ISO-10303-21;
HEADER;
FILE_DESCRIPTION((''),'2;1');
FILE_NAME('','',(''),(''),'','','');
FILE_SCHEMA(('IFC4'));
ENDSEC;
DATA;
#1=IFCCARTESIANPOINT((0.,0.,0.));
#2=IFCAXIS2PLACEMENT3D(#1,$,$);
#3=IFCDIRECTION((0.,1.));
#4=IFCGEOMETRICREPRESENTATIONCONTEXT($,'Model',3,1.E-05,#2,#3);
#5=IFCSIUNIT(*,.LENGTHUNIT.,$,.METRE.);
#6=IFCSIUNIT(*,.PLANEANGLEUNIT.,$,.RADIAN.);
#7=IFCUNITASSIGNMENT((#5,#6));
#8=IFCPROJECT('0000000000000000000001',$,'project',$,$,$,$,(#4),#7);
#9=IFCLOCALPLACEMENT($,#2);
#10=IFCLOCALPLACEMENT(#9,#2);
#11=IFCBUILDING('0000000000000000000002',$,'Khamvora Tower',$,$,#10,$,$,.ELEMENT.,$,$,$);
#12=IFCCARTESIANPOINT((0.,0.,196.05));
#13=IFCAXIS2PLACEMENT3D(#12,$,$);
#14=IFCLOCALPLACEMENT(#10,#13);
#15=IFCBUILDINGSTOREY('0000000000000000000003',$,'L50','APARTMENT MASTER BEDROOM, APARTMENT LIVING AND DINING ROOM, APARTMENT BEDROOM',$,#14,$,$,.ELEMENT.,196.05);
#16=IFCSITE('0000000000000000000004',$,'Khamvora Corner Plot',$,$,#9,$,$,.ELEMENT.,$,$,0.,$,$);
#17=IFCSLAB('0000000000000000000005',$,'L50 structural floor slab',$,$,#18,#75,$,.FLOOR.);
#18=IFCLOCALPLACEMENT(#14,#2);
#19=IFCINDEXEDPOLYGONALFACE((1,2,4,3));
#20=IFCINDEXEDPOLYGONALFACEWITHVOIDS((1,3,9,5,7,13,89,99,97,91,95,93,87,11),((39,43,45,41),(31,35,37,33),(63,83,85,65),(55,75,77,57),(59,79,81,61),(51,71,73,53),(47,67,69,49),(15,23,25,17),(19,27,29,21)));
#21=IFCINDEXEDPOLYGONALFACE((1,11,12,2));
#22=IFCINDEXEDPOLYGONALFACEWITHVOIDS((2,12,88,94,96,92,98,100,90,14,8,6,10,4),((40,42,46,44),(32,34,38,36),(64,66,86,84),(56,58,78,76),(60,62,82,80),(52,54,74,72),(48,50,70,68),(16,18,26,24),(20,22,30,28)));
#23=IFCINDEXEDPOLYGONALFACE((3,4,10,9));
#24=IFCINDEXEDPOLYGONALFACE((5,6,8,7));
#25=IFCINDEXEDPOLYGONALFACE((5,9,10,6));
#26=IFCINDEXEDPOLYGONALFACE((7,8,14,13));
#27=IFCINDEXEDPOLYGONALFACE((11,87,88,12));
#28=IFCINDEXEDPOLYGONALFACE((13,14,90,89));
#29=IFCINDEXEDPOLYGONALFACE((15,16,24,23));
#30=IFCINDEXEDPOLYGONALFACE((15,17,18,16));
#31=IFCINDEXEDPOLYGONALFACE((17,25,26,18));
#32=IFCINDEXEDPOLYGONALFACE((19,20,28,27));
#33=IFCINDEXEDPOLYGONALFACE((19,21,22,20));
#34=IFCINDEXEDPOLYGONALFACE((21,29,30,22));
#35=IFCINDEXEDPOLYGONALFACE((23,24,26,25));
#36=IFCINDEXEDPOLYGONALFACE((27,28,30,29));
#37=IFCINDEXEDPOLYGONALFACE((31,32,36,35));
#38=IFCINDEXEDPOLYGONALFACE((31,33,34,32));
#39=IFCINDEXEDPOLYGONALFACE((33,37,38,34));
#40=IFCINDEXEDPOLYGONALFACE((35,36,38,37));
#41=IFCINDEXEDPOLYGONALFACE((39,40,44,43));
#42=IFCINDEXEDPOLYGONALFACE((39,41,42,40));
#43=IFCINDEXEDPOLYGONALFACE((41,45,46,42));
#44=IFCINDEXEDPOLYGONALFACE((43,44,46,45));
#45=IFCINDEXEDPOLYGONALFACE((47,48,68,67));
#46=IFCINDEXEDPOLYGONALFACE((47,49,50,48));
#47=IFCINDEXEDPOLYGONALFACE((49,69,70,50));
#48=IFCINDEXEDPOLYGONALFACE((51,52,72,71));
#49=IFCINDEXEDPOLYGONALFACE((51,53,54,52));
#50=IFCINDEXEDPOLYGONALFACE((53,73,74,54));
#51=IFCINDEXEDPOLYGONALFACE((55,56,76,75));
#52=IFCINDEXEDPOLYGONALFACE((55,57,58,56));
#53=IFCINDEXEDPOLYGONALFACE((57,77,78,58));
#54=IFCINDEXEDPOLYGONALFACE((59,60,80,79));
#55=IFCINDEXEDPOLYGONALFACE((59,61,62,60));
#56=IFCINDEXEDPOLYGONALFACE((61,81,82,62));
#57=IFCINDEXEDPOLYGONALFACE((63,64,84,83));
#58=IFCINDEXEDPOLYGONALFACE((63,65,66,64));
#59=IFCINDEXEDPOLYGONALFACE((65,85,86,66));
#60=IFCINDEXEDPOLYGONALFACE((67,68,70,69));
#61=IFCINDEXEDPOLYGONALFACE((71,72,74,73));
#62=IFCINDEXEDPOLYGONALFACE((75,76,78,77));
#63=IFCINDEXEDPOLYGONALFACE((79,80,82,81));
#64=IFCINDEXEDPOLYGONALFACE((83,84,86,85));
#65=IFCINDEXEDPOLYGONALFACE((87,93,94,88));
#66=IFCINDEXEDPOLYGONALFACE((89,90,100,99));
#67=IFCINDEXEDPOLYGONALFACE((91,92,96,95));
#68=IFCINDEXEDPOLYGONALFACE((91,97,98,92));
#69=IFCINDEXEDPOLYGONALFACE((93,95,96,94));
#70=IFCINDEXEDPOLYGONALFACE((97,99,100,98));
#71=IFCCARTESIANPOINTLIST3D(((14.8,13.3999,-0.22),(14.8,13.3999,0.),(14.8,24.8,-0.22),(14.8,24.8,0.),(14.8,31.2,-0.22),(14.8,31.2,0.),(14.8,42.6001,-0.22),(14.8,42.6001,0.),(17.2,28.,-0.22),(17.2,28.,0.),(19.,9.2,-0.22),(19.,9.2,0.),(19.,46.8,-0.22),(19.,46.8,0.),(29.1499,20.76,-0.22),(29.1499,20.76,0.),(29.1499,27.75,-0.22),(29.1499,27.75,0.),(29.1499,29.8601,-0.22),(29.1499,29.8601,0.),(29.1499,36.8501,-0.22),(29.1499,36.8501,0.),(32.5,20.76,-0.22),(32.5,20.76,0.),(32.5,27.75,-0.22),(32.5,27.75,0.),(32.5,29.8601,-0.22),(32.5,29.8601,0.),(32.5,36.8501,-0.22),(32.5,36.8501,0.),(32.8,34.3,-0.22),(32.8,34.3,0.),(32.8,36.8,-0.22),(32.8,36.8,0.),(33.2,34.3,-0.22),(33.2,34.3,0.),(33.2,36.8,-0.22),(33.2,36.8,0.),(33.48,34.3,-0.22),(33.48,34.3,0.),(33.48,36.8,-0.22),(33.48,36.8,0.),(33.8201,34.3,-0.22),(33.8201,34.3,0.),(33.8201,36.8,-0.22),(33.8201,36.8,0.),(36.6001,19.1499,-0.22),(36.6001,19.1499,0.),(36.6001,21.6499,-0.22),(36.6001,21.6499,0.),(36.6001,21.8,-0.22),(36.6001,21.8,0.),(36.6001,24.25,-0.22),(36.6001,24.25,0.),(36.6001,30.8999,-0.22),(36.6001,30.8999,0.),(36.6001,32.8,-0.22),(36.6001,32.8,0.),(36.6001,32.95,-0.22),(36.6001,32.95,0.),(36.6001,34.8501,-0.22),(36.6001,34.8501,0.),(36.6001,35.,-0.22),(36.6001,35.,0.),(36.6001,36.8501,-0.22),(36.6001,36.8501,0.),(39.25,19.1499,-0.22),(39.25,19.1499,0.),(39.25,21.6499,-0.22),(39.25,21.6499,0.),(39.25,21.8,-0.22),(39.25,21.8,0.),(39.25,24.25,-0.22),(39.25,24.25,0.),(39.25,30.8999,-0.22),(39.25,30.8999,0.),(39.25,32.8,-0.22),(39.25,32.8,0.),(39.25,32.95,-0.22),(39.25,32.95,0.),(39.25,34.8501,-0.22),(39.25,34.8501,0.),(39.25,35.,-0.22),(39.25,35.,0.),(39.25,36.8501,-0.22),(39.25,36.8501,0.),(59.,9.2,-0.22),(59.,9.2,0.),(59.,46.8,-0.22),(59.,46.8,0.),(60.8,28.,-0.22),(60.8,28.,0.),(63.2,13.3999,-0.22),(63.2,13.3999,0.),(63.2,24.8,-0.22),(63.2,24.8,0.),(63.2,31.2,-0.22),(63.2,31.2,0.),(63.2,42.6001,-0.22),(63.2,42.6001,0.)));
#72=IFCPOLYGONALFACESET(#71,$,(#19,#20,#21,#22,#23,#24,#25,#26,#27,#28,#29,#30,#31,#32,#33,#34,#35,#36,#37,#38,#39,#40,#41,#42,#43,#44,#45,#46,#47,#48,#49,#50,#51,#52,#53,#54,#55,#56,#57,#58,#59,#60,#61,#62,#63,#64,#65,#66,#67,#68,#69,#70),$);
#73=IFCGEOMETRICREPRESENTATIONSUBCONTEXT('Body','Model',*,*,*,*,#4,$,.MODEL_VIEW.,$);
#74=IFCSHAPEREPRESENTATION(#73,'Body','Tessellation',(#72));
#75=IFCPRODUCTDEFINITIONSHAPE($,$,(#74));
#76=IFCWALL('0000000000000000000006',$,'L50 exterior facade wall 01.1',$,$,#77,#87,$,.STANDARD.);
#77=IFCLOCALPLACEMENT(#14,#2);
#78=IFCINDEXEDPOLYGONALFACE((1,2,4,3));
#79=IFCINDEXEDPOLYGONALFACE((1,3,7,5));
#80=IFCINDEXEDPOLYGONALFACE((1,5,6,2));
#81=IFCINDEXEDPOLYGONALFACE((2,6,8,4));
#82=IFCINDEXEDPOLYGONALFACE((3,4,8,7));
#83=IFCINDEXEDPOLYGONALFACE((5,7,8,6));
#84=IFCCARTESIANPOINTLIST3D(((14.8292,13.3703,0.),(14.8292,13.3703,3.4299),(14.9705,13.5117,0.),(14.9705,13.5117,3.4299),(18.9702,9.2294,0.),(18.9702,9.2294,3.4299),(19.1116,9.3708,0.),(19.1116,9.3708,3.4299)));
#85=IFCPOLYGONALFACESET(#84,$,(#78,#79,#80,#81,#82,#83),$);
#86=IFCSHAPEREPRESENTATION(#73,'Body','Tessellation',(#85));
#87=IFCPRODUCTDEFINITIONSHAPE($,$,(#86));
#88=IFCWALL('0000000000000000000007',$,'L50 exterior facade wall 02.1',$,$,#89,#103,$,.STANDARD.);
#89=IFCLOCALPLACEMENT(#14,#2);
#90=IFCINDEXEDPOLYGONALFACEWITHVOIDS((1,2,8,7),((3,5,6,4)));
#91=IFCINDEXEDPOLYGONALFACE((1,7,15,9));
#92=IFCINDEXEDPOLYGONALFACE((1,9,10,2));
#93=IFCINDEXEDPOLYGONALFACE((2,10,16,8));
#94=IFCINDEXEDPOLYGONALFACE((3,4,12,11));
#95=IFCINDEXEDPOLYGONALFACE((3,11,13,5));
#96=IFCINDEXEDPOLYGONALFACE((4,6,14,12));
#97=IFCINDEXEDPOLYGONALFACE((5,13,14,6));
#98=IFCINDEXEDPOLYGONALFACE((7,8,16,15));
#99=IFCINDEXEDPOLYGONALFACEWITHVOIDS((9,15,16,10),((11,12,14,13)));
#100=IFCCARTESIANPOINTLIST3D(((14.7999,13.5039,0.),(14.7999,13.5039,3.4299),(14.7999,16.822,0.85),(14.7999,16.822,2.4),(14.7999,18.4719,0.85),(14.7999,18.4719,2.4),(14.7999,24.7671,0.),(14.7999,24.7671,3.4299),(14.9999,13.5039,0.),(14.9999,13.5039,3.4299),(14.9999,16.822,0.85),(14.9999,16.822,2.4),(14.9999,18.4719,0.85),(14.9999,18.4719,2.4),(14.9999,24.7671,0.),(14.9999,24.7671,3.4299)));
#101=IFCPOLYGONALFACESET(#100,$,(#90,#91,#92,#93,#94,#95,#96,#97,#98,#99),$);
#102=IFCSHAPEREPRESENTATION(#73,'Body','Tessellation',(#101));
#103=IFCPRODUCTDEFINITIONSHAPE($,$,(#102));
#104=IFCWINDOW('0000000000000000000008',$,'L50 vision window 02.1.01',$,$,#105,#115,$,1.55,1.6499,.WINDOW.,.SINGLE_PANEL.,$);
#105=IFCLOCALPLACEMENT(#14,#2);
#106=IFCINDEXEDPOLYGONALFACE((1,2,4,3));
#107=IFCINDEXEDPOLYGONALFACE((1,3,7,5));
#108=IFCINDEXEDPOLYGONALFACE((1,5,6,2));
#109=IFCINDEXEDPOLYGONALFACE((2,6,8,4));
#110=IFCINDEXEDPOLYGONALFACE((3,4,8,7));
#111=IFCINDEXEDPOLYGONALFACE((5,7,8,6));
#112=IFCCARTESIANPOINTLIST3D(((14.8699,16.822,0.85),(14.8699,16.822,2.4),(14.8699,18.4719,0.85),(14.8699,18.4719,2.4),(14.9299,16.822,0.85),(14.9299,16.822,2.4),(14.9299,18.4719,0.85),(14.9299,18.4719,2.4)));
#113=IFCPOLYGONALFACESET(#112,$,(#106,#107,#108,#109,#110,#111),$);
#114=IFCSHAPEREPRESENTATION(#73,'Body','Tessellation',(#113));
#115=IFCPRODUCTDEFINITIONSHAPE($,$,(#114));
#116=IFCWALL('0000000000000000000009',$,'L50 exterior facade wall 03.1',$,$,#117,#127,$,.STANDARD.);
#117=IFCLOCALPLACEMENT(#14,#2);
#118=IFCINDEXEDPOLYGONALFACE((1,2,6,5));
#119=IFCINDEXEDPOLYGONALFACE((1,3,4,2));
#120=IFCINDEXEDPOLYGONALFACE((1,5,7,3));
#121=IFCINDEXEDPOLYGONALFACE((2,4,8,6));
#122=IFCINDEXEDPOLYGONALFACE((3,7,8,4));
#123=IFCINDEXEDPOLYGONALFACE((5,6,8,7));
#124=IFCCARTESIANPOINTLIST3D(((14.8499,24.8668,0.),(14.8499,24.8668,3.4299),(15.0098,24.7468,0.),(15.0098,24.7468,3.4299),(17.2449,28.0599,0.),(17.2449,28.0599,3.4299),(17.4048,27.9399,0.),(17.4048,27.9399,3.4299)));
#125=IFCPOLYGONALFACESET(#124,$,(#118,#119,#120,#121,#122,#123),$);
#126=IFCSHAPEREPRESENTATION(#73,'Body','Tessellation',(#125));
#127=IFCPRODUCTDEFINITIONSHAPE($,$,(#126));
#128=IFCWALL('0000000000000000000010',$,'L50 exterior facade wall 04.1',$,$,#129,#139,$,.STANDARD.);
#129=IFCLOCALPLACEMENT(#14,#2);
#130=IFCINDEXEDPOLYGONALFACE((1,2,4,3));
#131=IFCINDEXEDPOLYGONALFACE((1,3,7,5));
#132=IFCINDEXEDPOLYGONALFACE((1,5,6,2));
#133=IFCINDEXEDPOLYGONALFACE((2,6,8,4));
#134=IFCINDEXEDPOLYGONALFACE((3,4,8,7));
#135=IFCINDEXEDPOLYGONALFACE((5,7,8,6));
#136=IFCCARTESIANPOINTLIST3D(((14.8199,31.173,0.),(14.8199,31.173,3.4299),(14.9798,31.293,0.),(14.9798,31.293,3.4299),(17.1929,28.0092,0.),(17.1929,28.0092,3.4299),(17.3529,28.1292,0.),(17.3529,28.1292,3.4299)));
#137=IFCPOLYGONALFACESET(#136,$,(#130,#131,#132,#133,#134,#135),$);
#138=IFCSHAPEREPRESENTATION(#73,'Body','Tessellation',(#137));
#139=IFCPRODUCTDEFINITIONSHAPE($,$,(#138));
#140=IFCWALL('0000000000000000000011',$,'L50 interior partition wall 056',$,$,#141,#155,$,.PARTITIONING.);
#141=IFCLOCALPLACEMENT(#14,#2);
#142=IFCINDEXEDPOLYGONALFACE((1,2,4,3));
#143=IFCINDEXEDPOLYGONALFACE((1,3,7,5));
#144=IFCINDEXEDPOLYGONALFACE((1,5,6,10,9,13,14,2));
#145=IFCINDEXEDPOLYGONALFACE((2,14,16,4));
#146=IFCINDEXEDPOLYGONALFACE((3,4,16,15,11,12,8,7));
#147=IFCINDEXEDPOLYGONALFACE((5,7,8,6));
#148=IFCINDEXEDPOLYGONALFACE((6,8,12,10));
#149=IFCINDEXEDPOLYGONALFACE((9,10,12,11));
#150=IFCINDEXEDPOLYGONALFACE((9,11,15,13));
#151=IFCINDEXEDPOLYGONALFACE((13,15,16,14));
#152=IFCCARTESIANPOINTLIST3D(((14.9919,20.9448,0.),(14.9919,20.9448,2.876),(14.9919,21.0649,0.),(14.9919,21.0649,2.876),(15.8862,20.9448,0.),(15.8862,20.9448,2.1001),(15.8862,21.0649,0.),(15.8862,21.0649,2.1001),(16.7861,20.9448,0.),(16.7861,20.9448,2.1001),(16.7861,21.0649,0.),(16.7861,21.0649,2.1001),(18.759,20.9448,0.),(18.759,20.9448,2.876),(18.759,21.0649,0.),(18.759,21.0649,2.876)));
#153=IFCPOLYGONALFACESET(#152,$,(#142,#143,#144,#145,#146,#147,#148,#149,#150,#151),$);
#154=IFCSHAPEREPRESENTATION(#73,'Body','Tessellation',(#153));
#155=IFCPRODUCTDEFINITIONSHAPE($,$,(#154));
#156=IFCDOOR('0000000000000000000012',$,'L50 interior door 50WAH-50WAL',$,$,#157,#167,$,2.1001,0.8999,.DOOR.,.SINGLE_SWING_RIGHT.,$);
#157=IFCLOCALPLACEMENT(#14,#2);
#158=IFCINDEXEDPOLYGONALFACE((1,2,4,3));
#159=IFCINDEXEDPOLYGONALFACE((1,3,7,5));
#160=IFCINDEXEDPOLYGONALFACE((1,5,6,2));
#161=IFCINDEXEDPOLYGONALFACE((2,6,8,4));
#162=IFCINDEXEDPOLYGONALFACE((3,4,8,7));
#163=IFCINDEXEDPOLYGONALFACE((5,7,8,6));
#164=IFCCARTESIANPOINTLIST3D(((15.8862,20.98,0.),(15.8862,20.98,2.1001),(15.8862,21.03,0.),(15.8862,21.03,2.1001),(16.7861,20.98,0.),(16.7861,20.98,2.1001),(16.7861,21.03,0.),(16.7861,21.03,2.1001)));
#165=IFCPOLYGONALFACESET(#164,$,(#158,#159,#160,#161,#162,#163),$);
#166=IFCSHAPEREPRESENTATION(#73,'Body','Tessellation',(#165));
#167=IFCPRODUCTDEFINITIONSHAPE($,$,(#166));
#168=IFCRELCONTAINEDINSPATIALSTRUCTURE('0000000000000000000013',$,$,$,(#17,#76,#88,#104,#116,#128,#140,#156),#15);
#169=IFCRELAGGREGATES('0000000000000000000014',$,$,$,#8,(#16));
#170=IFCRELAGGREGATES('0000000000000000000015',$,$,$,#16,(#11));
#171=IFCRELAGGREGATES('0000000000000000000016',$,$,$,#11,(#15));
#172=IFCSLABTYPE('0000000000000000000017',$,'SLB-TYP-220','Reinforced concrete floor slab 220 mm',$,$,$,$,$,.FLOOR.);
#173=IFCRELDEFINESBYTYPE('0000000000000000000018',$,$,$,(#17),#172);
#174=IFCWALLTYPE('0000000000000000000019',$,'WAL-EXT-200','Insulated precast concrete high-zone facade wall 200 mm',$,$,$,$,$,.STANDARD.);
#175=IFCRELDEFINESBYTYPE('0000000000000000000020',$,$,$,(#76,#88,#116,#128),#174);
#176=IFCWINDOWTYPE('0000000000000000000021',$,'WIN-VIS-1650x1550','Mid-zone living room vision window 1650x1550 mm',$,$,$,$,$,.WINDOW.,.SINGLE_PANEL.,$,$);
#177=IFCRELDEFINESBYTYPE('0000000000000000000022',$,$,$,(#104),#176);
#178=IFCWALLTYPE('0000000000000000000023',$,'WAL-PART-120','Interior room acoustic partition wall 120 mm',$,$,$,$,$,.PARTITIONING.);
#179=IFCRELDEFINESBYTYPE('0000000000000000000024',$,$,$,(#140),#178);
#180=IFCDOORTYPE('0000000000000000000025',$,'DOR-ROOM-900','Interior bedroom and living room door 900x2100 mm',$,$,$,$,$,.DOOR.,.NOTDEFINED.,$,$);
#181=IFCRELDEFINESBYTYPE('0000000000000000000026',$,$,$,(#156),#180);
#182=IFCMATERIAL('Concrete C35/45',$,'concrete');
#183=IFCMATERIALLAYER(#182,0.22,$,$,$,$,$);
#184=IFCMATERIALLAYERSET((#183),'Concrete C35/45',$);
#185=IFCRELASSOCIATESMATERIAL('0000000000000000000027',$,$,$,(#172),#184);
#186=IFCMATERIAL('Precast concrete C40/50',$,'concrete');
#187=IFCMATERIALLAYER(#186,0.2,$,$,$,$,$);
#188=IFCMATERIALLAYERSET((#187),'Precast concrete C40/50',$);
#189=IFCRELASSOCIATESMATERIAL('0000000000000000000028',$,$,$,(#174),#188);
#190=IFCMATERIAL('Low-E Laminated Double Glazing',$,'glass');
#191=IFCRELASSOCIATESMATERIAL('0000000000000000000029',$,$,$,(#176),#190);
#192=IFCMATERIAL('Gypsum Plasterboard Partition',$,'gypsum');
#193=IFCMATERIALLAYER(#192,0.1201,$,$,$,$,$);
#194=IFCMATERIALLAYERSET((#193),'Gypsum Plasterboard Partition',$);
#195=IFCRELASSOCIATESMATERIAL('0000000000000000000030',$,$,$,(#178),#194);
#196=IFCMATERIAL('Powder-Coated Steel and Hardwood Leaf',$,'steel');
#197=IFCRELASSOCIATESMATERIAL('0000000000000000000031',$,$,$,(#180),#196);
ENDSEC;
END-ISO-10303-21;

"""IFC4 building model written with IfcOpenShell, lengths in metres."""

from ifc_helpers import new_model, si_unit, direction, frame, frame_2d, origin, place, context, subcontext, project, spatial, polyline, rectangle, outline, extrude, material, layer, layer_set, type_object, element, fill, save


model = new_model("IFC4")

# Units and contexts
model_context = context("Model", 3, precision=1e-05, world=origin(), true_north=direction((0.0, 1.0)))
body_context = subcontext(model_context, "Body", "Model", "MODEL_VIEW")
ifc_project = project(units=[si_unit("LENGTHUNIT", "METRE"), si_unit("PLANEANGLEUNIT", "RADIAN")], contexts=[model_context])

# Site, building, storey
site_placement = place(None, origin())
site = spatial("IfcSite", under=ifc_project, at=site_placement, Name="Khamvora Corner Plot", CompositionType="ELEMENT", RefElevation=0.0)
building_placement = place(site_placement, origin())
building = spatial("IfcBuilding", under=site, at=building_placement, Name="Khamvora Tower", CompositionType="ELEMENT")
storey_placement = place(building_placement, frame((0.0, 0.0, 196.05)))
storey = spatial("IfcBuildingStorey", under=building, at=storey_placement, Name="L50", Description="APARTMENT MASTER BEDROOM, APARTMENT LIVING AND DINING ROOM, APARTMENT BEDROOM", CompositionType="ELEMENT", Elevation=196.05)

# Slab
ifc_material_1 = material(Name="Concrete C35/45", Category="concrete")
ifc_layer_1 = layer(ifc_material_1, 0.22)
ifc_layer_set_1 = layer_set([ifc_layer_1], Name="Concrete C35/45")
slab_type_1 = type_object("IfcSlabType", Name="SLB-TYP-220", Description="Reinforced concrete floor slab 220 mm", PredefinedType="FLOOR", material=ifc_layer_set_1)
slab_1_placement = place(storey_placement, frame((0.0, 0.0, -0.22)))
element("IfcSlab", 1, at=slab_1_placement, inside=storey, type_object=slab_type_1, Name="L50 structural floor slab", PredefinedType="FLOOR", context=body_context, shape_type="SweptSolid", body=[
    extrude(outline(polyline([(19.0, 9.2), (59.0, 9.2), (63.2, 13.3999), (63.2, 24.8), (60.8, 28.0), (63.2, 31.2), (63.2, 42.6001), (59.0, 46.8), (19.0, 46.8), (14.8, 42.6001), (14.8, 31.2), (17.2, 28.0), (14.8, 24.8), (14.8, 13.3999), (19.0, 9.2)]), holes=[polyline([(32.5, 20.76), (32.5, 27.75), (29.1499, 27.75), (29.1499, 20.76), (32.5, 20.76)]), polyline([(32.5, 29.8601), (32.5, 36.8501), (29.1499, 36.8501), (29.1499, 29.8601), (32.5, 29.8601)]), polyline([(36.6001, 19.1499), (39.25, 19.1499), (39.25, 21.6499), (36.6001, 21.6499), (36.6001, 19.1499)]), polyline([(36.6001, 21.8), (39.25, 21.8), (39.25, 24.25), (36.6001, 24.25), (36.6001, 21.8)]), polyline([(36.6001, 30.8999), (39.25, 30.8999), (39.25, 32.8), (36.6001, 32.8), (36.6001, 30.8999)]), polyline([(36.6001, 32.95), (39.25, 32.95), (39.25, 34.8501), (36.6001, 34.8501), (36.6001, 32.95)]), polyline([(36.6001, 35.0), (39.25, 35.0), (39.25, 36.8501), (36.6001, 36.8501), (36.6001, 35.0)]), polyline([(32.8, 34.3), (33.2, 34.3), (33.2, 36.8), (32.8, 36.8), (32.8, 34.3)]), polyline([(33.48, 34.3), (33.8201, 34.3), (33.8201, 36.8), (33.48, 36.8), (33.48, 34.3)])]), origin(), (0.0, 0.0, 1.0), 0.22),
])

# Wall
ifc_material_2 = material(Name="Precast concrete C40/50", Category="concrete")
ifc_layer_2 = layer(ifc_material_2, 0.2)
ifc_layer_set_2 = layer_set([ifc_layer_2], Name="Precast concrete C40/50")
wall_type_1 = type_object("IfcWallType", Name="WAL-EXT-200", Description="Insulated precast concrete high-zone facade wall 200 mm", PredefinedType="STANDARD", material=ifc_layer_set_2)
wall_1_placement = place(storey_placement, frame((19.041, 9.3, 0.0), z_axis=(0.0, 0.0, 1.0), x_axis=(-0.707128, 0.707086, 0.0)))
element("IfcWall", 2, at=wall_1_placement, inside=storey, type_object=wall_type_1, Name="L50 exterior facade wall 01.1", PredefinedType="STANDARD", context=body_context, shape_type="SweptSolid", body=[
    extrude(rectangle(XDim=5.8562, YDim=0.2, at=frame_2d((2.9282, 0.0))), origin(), (0.0, 0.0, 1.0), 3.4299),
])

# Wall, opening, window
wall_2_placement = place(storey_placement, frame((14.8999, 13.5039, 0.0), z_axis=(0.0, 0.0, 1.0), x_axis=(0.0, 1.0, 0.0)))
wall_2 = element("IfcWall", 3, at=wall_2_placement, inside=storey, type_object=wall_type_1, Name="L50 exterior facade wall 02.1", PredefinedType="STANDARD", context=body_context, shape_type="SweptSolid", body=[
    extrude(rectangle(XDim=11.2632, YDim=0.2, at=frame_2d((5.6316, 0.0))), origin(), (0.0, 0.0, 1.0), 3.4299),
])
opening_1_placement = place(wall_2_placement, frame((3.3181, 0.0, 0.8501)))
opening_1 = element("IfcOpeningElement", 4, at=opening_1_placement, cuts=wall_2, PredefinedType="OPENING", context=body_context, shape_type="SweptSolid", body=[
    extrude(rectangle(XDim=1.6499, YDim=1.55, at=frame_2d((0.825, 0.7749))), frame((0.0, 0.1099, 0.0), z_axis=(0.0, -1.0, 0.0), x_axis=(1.0, 0.0, 0.0)), (0.0, 0.0, 1.0), 0.22),
])
ifc_material_3 = material(Name="Low-E Laminated Double Glazing", Category="glass")
window_type = type_object("IfcWindowType", Name="WIN-VIS-1650x1550", Description="Mid-zone living room vision window 1650x1550 mm", PartitioningType="SINGLE_PANEL", PredefinedType="WINDOW", material=ifc_material_3)
window_placement = place(opening_1_placement, origin())
window = element("IfcWindow", 5, at=window_placement, inside=storey, type_object=window_type, Name="L50 vision window 02.1.01", OverallHeight=1.55, OverallWidth=1.6499, PartitioningType="SINGLE_PANEL", PredefinedType="WINDOW", context=body_context, shape_type="SweptSolid", body=[
    extrude(rectangle(XDim=1.6499, YDim=1.55, at=frame_2d((0.825, 0.7749))), frame((0.0, 0.03, 0.0), z_axis=(0.0, -1.0, 0.0), x_axis=(1.0, 0.0, 0.0)), (0.0, 0.0, 1.0), 0.0601),
])
fill(opening_1, window)

# Walls
wall_3_placement = place(storey_placement, frame((14.9299, 24.8069, 0.0), z_axis=(0.0, 0.0, 1.0), x_axis=(0.600029, 0.799978, 0.0)))
element("IfcWall", 6, at=wall_3_placement, inside=storey, type_object=wall_type_1, Name="L50 exterior facade wall 03.1", PredefinedType="STANDARD", context=body_context, shape_type="SweptSolid", body=[
    extrude(rectangle(XDim=3.9915, YDim=0.2, at=frame_2d((1.9956, 0.0))), origin(), (0.0, 0.0, 1.0), 3.4299),
])
wall_4_placement = place(storey_placement, frame((17.2729, 28.0691, 0.0), z_axis=(0.0, 0.0, 1.0), x_axis=(-0.60003, 0.799978, 0.0)))
element("IfcWall", 7, at=wall_4_placement, inside=storey, type_object=wall_type_1, Name="L50 exterior facade wall 04.1", PredefinedType="STANDARD", context=body_context, shape_type="SweptSolid", body=[
    extrude(rectangle(XDim=3.9548, YDim=0.2, at=frame_2d((1.9775, 0.0))), origin(), (0.0, 0.0, 1.0), 3.4299),
])

# Wall, opening, door
ifc_material_4 = material(Name="Gypsum Plasterboard Partition", Category="gypsum")
ifc_layer_3 = layer(ifc_material_4, 0.1201)
ifc_layer_set_3 = layer_set([ifc_layer_3], Name="Gypsum Plasterboard Partition")
wall_type_2 = type_object("IfcWallType", Name="WAL-PART-120", Description="Interior room acoustic partition wall 120 mm", PredefinedType="PARTITIONING", material=ifc_layer_set_3)
wall_5_placement = place(storey_placement, frame((18.759, 21.0049, 0.0), z_axis=(0.0, 0.0, 1.0), x_axis=(-1.0, 0.0, 0.0)))
wall_5 = element("IfcWall", 8, at=wall_5_placement, inside=storey, type_object=wall_type_2, Name="L50 interior partition wall 056", PredefinedType="PARTITIONING", context=body_context, shape_type="SweptSolid", body=[
    extrude(rectangle(XDim=3.7671, YDim=0.1201, at=frame_2d((1.8835, 0.0))), origin(), (0.0, 0.0, 1.0), 2.876),
])
opening_2_placement = place(wall_5_placement, frame((1.9729, 0.0, 0.0)))
opening_2 = element("IfcOpeningElement", 9, at=opening_2_placement, cuts=wall_5, PredefinedType="OPENING", context=body_context, shape_type="SweptSolid", body=[
    extrude(rectangle(XDim=0.8999, YDim=2.1001, at=frame_2d((0.45, 1.05))), frame((0.0, 0.0701, 0.0), z_axis=(0.0, -1.0, 0.0), x_axis=(1.0, 0.0, 0.0)), (0.0, 0.0, 1.0), 0.1401),
])
ifc_material_5 = material(Name="Powder-Coated Steel and Hardwood Leaf", Category="steel")
door_type = type_object("IfcDoorType", Name="DOR-ROOM-900", Description="Interior bedroom and living room door 900x2100 mm", OperationType="NOTDEFINED", PredefinedType="DOOR", material=ifc_material_5)
door_1_placement = place(opening_2_placement, origin())
door_1 = element("IfcDoor", 10, at=door_1_placement, inside=storey, type_object=door_type, Name="L50 interior door 50WAH-50WAL", OperationType="SINGLE_SWING_RIGHT", OverallHeight=2.1001, OverallWidth=0.8999, PredefinedType="DOOR", context=body_context, shape_type="SweptSolid", body=[
    extrude(rectangle(XDim=0.8999, YDim=2.1001, at=frame_2d((0.45, 1.05))), frame((0.0, 0.0249, 0.0), z_axis=(0.0, -1.0, 0.0), x_axis=(1.0, 0.0, 0.0)), (0.0, 0.0, 1.0), 0.05),
])
fill(opening_2, door_1)

save(model, "model.ifc")
